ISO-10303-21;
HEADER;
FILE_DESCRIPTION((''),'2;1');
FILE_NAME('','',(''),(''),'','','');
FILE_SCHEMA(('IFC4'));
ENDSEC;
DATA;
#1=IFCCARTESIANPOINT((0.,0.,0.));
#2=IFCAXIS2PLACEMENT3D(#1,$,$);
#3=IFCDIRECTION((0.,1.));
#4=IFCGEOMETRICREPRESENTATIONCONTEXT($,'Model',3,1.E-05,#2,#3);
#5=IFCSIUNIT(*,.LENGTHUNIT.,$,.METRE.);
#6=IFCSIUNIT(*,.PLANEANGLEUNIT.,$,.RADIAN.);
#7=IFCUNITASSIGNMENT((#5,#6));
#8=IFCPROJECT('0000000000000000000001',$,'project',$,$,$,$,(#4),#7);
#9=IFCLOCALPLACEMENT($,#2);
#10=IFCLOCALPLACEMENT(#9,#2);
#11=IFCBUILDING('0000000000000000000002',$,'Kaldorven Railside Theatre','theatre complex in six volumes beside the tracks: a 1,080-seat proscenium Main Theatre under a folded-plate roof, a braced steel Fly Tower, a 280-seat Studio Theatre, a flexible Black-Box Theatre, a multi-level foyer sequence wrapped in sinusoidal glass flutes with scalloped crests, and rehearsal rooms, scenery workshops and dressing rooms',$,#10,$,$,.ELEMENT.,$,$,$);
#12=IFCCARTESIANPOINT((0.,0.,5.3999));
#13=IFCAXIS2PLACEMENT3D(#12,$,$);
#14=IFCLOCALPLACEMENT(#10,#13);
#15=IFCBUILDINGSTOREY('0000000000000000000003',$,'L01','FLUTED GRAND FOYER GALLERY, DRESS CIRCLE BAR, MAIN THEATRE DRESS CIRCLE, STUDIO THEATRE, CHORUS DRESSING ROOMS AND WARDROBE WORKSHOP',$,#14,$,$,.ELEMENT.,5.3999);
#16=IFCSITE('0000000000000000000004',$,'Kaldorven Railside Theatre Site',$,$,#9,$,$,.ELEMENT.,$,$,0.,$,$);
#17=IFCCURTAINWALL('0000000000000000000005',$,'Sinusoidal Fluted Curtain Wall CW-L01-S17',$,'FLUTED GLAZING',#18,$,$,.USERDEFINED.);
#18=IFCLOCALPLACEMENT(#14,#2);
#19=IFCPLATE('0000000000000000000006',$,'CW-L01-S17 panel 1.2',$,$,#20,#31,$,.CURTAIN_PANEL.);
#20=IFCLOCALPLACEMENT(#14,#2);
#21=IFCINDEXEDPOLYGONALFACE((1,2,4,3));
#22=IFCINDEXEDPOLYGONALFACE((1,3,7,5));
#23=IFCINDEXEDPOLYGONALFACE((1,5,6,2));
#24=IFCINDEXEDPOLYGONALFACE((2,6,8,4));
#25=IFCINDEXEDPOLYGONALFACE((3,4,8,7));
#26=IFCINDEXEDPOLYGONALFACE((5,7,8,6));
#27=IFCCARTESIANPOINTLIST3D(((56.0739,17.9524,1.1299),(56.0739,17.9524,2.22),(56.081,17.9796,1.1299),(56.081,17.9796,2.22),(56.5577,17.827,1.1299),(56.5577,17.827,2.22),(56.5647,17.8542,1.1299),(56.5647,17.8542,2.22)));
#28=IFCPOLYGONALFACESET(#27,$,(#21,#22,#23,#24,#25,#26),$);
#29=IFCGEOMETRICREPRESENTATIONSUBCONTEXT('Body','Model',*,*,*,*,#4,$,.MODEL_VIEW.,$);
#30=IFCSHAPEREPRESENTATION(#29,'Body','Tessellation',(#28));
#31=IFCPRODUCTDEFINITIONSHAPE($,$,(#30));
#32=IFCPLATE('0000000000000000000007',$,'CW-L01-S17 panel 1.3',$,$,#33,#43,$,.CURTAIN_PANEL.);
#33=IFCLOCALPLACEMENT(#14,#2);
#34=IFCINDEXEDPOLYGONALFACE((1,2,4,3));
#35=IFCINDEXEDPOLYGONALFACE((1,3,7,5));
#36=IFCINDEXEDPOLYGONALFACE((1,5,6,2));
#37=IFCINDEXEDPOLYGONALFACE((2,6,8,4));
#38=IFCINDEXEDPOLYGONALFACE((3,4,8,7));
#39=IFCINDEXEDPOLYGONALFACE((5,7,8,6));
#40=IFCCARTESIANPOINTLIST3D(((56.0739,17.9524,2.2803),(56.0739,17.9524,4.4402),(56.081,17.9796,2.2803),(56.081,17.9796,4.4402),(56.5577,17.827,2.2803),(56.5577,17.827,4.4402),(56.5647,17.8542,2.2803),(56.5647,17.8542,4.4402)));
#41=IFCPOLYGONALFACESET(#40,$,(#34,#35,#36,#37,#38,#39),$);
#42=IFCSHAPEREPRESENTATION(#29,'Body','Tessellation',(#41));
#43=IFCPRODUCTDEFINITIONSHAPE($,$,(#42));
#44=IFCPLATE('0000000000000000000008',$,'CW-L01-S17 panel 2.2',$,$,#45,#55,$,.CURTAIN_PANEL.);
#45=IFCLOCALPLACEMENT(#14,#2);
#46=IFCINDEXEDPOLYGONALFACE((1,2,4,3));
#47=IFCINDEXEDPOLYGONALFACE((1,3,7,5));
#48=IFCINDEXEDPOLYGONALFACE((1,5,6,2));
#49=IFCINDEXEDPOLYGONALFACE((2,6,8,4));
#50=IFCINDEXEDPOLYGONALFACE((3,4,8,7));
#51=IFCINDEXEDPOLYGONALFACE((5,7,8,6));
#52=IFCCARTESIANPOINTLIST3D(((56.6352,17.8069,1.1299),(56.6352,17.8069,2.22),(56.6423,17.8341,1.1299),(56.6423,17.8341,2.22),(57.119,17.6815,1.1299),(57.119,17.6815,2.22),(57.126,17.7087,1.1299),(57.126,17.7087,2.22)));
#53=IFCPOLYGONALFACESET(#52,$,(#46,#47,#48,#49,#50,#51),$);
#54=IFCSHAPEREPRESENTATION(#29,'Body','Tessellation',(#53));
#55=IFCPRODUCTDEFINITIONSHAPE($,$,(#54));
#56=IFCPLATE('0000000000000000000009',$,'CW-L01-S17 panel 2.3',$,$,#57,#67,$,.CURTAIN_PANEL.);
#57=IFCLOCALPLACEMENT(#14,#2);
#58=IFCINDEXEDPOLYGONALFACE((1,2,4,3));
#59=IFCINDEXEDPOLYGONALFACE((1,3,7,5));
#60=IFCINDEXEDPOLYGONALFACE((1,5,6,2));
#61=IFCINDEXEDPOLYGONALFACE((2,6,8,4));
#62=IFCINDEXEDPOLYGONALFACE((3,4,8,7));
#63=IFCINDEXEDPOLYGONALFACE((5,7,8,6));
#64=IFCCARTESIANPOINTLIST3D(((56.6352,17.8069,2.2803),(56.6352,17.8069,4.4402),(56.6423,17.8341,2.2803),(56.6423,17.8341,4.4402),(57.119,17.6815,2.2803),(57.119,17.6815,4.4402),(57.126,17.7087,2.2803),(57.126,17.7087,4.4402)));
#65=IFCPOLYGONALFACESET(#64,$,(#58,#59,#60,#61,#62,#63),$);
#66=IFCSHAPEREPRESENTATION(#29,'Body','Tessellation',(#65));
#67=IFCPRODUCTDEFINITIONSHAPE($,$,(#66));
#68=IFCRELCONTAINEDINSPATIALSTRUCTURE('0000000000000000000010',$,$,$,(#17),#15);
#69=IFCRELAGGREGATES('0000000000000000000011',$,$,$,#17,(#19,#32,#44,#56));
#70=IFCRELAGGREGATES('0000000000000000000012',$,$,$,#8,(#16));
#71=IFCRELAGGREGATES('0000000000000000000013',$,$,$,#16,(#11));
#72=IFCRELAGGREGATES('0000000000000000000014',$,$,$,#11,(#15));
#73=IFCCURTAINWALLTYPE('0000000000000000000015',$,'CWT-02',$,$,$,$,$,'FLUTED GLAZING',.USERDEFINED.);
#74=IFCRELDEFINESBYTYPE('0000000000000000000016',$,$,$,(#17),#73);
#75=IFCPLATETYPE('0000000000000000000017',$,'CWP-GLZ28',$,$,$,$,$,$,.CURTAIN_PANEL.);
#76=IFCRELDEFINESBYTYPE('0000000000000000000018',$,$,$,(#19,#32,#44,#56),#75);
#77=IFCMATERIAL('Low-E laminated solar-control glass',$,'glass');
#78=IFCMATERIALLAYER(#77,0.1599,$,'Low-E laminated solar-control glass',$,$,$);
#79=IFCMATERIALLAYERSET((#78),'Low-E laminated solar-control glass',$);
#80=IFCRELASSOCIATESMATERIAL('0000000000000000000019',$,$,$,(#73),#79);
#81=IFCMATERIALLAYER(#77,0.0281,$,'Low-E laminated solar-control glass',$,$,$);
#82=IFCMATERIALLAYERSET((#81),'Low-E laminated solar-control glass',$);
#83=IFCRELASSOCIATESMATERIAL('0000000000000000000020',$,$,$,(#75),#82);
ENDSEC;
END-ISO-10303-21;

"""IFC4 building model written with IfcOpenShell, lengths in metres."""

from ifc_helpers import new_model, si_unit, direction, frame, origin, origin_2d, place, context, subcontext, project, spatial, rectangle, extrude, material, layer, layer_set, type_object, element, aggregate, save


model = new_model("IFC4")

# Units and contexts
model_context = context("Model", 3, precision=1e-05, world=origin(), true_north=direction((0.0, 1.0)))
body_context = subcontext(model_context, "Body", "Model", "MODEL_VIEW")
ifc_project = project(units=[si_unit("LENGTHUNIT", "METRE"), si_unit("PLANEANGLEUNIT", "RADIAN")], contexts=[model_context])

# Site, building, storey
site_placement = place(None, origin())
site = spatial("IfcSite", under=ifc_project, at=site_placement, Name="Kaldorven Railside Theatre Site", CompositionType="ELEMENT", RefElevation=0.0)
building_placement = place(site_placement, origin())
building = spatial("IfcBuilding", under=site, at=building_placement, Name="Kaldorven Railside Theatre", Description="theatre complex in six volumes beside the tracks: a 1,080-seat proscenium Main Theatre under a folded-plate roof, a braced steel Fly Tower, a 280-seat Studio Theatre, a flexible Black-Box Theatre, a multi-level foyer sequence wrapped in sinusoidal glass flutes with scalloped crests, and rehearsal rooms, scenery workshops and dressing rooms", CompositionType="ELEMENT")
storey_placement = place(building_placement, frame((0.0, 0.0, 5.3999)))
storey = spatial("IfcBuildingStorey", under=building, at=storey_placement, Name="L01", Description="FLUTED GRAND FOYER GALLERY, DRESS CIRCLE BAR, MAIN THEATRE DRESS CIRCLE, STUDIO THEATRE, CHORUS DRESSING ROOMS AND WARDROBE WORKSHOP", CompositionType="ELEMENT", Elevation=5.3999)

# Curtain wall
ifc_material_1 = material(Name="Low-E laminated solar-control glass", Category="glass")
ifc_layer_1 = layer(ifc_material_1, 0.1599, Name="Low-E laminated solar-control glass")
ifc_layer_set_1 = layer_set([ifc_layer_1], Name="Low-E laminated solar-control glass")
curtain_wall_type_1 = type_object("IfcCurtainWallType", Name="CWT-02", ElementType="FLUTED GLAZING", PredefinedType="USERDEFINED", material=ifc_layer_set_1)
curtain_wall_1_placement = place(storey_placement, origin())
curtain_wall_1 = element("IfcCurtainWall", 1, at=curtain_wall_1_placement, inside=storey, type_object=curtain_wall_type_1, Name="Sinusoidal Fluted Curtain Wall CW-L01-S17", ObjectType="FLUTED GLAZING", PredefinedType="USERDEFINED")

# Plates
ifc_layer_2 = layer(ifc_material_1, 0.0281, Name="Low-E laminated solar-control glass")
ifc_layer_set_2 = layer_set([ifc_layer_2], Name="Low-E laminated solar-control glass")
plate_type = type_object("IfcPlateType", Name="CWP-GLZ28", PredefinedType="CURTAIN_PANEL", material=ifc_layer_set_2)
plate_1_placement = place(storey_placement, frame((56.3193, 17.9033, 1.1299), z_axis=(0.0, 0.0, 1.0), x_axis=(0.967999, -0.250954, 0.0)))
plate_1 = element("IfcPlate", 2, at=plate_1_placement, type_object=plate_type, Name="CW-L01-S17 panel 1.2", PredefinedType="CURTAIN_PANEL", context=body_context, shape_type="SweptSolid", body=[
    extrude(rectangle(XDim=0.4998, YDim=0.0281, at=origin_2d()), origin(), (0.0, 0.0, 1.0), 1.0901),
])
plate_2_placement = place(storey_placement, frame((56.3193, 17.9033, 2.2803), z_axis=(0.0, 0.0, 1.0), x_axis=(0.967999, -0.250954, 0.0)))
plate_2 = element("IfcPlate", 3, at=plate_2_placement, type_object=plate_type, Name="CW-L01-S17 panel 1.3", PredefinedType="CURTAIN_PANEL", context=body_context, shape_type="SweptSolid", body=[
    extrude(rectangle(XDim=0.4998, YDim=0.0281, at=origin_2d()), origin(), (0.0, 0.0, 1.0), 2.1599),
])
plate_3_placement = place(storey_placement, frame((56.8806, 17.7578, 1.1299), z_axis=(0.0, 0.0, 1.0), x_axis=(0.967999, -0.250954, 0.0)))
plate_3 = element("IfcPlate", 4, at=plate_3_placement, type_object=plate_type, Name="CW-L01-S17 panel 2.2", PredefinedType="CURTAIN_PANEL", context=body_context, shape_type="SweptSolid", body=[
    extrude(rectangle(XDim=0.4998, YDim=0.0281, at=origin_2d()), origin(), (0.0, 0.0, 1.0), 1.0901),
])
plate_4_placement = place(storey_placement, frame((56.8806, 17.7578, 2.2803), z_axis=(0.0, 0.0, 1.0), x_axis=(0.967999, -0.250954, 0.0)))
plate_4 = element("IfcPlate", 5, at=plate_4_placement, type_object=plate_type, Name="CW-L01-S17 panel 2.3", PredefinedType="CURTAIN_PANEL", context=body_context, shape_type="SweptSolid", body=[
    extrude(rectangle(XDim=0.4998, YDim=0.0281, at=origin_2d()), origin(), (0.0, 0.0, 1.0), 2.1599),
])
aggregate(curtain_wall_1, [plate_1, plate_2, plate_3, plate_4])

save(model, "model.ifc")
